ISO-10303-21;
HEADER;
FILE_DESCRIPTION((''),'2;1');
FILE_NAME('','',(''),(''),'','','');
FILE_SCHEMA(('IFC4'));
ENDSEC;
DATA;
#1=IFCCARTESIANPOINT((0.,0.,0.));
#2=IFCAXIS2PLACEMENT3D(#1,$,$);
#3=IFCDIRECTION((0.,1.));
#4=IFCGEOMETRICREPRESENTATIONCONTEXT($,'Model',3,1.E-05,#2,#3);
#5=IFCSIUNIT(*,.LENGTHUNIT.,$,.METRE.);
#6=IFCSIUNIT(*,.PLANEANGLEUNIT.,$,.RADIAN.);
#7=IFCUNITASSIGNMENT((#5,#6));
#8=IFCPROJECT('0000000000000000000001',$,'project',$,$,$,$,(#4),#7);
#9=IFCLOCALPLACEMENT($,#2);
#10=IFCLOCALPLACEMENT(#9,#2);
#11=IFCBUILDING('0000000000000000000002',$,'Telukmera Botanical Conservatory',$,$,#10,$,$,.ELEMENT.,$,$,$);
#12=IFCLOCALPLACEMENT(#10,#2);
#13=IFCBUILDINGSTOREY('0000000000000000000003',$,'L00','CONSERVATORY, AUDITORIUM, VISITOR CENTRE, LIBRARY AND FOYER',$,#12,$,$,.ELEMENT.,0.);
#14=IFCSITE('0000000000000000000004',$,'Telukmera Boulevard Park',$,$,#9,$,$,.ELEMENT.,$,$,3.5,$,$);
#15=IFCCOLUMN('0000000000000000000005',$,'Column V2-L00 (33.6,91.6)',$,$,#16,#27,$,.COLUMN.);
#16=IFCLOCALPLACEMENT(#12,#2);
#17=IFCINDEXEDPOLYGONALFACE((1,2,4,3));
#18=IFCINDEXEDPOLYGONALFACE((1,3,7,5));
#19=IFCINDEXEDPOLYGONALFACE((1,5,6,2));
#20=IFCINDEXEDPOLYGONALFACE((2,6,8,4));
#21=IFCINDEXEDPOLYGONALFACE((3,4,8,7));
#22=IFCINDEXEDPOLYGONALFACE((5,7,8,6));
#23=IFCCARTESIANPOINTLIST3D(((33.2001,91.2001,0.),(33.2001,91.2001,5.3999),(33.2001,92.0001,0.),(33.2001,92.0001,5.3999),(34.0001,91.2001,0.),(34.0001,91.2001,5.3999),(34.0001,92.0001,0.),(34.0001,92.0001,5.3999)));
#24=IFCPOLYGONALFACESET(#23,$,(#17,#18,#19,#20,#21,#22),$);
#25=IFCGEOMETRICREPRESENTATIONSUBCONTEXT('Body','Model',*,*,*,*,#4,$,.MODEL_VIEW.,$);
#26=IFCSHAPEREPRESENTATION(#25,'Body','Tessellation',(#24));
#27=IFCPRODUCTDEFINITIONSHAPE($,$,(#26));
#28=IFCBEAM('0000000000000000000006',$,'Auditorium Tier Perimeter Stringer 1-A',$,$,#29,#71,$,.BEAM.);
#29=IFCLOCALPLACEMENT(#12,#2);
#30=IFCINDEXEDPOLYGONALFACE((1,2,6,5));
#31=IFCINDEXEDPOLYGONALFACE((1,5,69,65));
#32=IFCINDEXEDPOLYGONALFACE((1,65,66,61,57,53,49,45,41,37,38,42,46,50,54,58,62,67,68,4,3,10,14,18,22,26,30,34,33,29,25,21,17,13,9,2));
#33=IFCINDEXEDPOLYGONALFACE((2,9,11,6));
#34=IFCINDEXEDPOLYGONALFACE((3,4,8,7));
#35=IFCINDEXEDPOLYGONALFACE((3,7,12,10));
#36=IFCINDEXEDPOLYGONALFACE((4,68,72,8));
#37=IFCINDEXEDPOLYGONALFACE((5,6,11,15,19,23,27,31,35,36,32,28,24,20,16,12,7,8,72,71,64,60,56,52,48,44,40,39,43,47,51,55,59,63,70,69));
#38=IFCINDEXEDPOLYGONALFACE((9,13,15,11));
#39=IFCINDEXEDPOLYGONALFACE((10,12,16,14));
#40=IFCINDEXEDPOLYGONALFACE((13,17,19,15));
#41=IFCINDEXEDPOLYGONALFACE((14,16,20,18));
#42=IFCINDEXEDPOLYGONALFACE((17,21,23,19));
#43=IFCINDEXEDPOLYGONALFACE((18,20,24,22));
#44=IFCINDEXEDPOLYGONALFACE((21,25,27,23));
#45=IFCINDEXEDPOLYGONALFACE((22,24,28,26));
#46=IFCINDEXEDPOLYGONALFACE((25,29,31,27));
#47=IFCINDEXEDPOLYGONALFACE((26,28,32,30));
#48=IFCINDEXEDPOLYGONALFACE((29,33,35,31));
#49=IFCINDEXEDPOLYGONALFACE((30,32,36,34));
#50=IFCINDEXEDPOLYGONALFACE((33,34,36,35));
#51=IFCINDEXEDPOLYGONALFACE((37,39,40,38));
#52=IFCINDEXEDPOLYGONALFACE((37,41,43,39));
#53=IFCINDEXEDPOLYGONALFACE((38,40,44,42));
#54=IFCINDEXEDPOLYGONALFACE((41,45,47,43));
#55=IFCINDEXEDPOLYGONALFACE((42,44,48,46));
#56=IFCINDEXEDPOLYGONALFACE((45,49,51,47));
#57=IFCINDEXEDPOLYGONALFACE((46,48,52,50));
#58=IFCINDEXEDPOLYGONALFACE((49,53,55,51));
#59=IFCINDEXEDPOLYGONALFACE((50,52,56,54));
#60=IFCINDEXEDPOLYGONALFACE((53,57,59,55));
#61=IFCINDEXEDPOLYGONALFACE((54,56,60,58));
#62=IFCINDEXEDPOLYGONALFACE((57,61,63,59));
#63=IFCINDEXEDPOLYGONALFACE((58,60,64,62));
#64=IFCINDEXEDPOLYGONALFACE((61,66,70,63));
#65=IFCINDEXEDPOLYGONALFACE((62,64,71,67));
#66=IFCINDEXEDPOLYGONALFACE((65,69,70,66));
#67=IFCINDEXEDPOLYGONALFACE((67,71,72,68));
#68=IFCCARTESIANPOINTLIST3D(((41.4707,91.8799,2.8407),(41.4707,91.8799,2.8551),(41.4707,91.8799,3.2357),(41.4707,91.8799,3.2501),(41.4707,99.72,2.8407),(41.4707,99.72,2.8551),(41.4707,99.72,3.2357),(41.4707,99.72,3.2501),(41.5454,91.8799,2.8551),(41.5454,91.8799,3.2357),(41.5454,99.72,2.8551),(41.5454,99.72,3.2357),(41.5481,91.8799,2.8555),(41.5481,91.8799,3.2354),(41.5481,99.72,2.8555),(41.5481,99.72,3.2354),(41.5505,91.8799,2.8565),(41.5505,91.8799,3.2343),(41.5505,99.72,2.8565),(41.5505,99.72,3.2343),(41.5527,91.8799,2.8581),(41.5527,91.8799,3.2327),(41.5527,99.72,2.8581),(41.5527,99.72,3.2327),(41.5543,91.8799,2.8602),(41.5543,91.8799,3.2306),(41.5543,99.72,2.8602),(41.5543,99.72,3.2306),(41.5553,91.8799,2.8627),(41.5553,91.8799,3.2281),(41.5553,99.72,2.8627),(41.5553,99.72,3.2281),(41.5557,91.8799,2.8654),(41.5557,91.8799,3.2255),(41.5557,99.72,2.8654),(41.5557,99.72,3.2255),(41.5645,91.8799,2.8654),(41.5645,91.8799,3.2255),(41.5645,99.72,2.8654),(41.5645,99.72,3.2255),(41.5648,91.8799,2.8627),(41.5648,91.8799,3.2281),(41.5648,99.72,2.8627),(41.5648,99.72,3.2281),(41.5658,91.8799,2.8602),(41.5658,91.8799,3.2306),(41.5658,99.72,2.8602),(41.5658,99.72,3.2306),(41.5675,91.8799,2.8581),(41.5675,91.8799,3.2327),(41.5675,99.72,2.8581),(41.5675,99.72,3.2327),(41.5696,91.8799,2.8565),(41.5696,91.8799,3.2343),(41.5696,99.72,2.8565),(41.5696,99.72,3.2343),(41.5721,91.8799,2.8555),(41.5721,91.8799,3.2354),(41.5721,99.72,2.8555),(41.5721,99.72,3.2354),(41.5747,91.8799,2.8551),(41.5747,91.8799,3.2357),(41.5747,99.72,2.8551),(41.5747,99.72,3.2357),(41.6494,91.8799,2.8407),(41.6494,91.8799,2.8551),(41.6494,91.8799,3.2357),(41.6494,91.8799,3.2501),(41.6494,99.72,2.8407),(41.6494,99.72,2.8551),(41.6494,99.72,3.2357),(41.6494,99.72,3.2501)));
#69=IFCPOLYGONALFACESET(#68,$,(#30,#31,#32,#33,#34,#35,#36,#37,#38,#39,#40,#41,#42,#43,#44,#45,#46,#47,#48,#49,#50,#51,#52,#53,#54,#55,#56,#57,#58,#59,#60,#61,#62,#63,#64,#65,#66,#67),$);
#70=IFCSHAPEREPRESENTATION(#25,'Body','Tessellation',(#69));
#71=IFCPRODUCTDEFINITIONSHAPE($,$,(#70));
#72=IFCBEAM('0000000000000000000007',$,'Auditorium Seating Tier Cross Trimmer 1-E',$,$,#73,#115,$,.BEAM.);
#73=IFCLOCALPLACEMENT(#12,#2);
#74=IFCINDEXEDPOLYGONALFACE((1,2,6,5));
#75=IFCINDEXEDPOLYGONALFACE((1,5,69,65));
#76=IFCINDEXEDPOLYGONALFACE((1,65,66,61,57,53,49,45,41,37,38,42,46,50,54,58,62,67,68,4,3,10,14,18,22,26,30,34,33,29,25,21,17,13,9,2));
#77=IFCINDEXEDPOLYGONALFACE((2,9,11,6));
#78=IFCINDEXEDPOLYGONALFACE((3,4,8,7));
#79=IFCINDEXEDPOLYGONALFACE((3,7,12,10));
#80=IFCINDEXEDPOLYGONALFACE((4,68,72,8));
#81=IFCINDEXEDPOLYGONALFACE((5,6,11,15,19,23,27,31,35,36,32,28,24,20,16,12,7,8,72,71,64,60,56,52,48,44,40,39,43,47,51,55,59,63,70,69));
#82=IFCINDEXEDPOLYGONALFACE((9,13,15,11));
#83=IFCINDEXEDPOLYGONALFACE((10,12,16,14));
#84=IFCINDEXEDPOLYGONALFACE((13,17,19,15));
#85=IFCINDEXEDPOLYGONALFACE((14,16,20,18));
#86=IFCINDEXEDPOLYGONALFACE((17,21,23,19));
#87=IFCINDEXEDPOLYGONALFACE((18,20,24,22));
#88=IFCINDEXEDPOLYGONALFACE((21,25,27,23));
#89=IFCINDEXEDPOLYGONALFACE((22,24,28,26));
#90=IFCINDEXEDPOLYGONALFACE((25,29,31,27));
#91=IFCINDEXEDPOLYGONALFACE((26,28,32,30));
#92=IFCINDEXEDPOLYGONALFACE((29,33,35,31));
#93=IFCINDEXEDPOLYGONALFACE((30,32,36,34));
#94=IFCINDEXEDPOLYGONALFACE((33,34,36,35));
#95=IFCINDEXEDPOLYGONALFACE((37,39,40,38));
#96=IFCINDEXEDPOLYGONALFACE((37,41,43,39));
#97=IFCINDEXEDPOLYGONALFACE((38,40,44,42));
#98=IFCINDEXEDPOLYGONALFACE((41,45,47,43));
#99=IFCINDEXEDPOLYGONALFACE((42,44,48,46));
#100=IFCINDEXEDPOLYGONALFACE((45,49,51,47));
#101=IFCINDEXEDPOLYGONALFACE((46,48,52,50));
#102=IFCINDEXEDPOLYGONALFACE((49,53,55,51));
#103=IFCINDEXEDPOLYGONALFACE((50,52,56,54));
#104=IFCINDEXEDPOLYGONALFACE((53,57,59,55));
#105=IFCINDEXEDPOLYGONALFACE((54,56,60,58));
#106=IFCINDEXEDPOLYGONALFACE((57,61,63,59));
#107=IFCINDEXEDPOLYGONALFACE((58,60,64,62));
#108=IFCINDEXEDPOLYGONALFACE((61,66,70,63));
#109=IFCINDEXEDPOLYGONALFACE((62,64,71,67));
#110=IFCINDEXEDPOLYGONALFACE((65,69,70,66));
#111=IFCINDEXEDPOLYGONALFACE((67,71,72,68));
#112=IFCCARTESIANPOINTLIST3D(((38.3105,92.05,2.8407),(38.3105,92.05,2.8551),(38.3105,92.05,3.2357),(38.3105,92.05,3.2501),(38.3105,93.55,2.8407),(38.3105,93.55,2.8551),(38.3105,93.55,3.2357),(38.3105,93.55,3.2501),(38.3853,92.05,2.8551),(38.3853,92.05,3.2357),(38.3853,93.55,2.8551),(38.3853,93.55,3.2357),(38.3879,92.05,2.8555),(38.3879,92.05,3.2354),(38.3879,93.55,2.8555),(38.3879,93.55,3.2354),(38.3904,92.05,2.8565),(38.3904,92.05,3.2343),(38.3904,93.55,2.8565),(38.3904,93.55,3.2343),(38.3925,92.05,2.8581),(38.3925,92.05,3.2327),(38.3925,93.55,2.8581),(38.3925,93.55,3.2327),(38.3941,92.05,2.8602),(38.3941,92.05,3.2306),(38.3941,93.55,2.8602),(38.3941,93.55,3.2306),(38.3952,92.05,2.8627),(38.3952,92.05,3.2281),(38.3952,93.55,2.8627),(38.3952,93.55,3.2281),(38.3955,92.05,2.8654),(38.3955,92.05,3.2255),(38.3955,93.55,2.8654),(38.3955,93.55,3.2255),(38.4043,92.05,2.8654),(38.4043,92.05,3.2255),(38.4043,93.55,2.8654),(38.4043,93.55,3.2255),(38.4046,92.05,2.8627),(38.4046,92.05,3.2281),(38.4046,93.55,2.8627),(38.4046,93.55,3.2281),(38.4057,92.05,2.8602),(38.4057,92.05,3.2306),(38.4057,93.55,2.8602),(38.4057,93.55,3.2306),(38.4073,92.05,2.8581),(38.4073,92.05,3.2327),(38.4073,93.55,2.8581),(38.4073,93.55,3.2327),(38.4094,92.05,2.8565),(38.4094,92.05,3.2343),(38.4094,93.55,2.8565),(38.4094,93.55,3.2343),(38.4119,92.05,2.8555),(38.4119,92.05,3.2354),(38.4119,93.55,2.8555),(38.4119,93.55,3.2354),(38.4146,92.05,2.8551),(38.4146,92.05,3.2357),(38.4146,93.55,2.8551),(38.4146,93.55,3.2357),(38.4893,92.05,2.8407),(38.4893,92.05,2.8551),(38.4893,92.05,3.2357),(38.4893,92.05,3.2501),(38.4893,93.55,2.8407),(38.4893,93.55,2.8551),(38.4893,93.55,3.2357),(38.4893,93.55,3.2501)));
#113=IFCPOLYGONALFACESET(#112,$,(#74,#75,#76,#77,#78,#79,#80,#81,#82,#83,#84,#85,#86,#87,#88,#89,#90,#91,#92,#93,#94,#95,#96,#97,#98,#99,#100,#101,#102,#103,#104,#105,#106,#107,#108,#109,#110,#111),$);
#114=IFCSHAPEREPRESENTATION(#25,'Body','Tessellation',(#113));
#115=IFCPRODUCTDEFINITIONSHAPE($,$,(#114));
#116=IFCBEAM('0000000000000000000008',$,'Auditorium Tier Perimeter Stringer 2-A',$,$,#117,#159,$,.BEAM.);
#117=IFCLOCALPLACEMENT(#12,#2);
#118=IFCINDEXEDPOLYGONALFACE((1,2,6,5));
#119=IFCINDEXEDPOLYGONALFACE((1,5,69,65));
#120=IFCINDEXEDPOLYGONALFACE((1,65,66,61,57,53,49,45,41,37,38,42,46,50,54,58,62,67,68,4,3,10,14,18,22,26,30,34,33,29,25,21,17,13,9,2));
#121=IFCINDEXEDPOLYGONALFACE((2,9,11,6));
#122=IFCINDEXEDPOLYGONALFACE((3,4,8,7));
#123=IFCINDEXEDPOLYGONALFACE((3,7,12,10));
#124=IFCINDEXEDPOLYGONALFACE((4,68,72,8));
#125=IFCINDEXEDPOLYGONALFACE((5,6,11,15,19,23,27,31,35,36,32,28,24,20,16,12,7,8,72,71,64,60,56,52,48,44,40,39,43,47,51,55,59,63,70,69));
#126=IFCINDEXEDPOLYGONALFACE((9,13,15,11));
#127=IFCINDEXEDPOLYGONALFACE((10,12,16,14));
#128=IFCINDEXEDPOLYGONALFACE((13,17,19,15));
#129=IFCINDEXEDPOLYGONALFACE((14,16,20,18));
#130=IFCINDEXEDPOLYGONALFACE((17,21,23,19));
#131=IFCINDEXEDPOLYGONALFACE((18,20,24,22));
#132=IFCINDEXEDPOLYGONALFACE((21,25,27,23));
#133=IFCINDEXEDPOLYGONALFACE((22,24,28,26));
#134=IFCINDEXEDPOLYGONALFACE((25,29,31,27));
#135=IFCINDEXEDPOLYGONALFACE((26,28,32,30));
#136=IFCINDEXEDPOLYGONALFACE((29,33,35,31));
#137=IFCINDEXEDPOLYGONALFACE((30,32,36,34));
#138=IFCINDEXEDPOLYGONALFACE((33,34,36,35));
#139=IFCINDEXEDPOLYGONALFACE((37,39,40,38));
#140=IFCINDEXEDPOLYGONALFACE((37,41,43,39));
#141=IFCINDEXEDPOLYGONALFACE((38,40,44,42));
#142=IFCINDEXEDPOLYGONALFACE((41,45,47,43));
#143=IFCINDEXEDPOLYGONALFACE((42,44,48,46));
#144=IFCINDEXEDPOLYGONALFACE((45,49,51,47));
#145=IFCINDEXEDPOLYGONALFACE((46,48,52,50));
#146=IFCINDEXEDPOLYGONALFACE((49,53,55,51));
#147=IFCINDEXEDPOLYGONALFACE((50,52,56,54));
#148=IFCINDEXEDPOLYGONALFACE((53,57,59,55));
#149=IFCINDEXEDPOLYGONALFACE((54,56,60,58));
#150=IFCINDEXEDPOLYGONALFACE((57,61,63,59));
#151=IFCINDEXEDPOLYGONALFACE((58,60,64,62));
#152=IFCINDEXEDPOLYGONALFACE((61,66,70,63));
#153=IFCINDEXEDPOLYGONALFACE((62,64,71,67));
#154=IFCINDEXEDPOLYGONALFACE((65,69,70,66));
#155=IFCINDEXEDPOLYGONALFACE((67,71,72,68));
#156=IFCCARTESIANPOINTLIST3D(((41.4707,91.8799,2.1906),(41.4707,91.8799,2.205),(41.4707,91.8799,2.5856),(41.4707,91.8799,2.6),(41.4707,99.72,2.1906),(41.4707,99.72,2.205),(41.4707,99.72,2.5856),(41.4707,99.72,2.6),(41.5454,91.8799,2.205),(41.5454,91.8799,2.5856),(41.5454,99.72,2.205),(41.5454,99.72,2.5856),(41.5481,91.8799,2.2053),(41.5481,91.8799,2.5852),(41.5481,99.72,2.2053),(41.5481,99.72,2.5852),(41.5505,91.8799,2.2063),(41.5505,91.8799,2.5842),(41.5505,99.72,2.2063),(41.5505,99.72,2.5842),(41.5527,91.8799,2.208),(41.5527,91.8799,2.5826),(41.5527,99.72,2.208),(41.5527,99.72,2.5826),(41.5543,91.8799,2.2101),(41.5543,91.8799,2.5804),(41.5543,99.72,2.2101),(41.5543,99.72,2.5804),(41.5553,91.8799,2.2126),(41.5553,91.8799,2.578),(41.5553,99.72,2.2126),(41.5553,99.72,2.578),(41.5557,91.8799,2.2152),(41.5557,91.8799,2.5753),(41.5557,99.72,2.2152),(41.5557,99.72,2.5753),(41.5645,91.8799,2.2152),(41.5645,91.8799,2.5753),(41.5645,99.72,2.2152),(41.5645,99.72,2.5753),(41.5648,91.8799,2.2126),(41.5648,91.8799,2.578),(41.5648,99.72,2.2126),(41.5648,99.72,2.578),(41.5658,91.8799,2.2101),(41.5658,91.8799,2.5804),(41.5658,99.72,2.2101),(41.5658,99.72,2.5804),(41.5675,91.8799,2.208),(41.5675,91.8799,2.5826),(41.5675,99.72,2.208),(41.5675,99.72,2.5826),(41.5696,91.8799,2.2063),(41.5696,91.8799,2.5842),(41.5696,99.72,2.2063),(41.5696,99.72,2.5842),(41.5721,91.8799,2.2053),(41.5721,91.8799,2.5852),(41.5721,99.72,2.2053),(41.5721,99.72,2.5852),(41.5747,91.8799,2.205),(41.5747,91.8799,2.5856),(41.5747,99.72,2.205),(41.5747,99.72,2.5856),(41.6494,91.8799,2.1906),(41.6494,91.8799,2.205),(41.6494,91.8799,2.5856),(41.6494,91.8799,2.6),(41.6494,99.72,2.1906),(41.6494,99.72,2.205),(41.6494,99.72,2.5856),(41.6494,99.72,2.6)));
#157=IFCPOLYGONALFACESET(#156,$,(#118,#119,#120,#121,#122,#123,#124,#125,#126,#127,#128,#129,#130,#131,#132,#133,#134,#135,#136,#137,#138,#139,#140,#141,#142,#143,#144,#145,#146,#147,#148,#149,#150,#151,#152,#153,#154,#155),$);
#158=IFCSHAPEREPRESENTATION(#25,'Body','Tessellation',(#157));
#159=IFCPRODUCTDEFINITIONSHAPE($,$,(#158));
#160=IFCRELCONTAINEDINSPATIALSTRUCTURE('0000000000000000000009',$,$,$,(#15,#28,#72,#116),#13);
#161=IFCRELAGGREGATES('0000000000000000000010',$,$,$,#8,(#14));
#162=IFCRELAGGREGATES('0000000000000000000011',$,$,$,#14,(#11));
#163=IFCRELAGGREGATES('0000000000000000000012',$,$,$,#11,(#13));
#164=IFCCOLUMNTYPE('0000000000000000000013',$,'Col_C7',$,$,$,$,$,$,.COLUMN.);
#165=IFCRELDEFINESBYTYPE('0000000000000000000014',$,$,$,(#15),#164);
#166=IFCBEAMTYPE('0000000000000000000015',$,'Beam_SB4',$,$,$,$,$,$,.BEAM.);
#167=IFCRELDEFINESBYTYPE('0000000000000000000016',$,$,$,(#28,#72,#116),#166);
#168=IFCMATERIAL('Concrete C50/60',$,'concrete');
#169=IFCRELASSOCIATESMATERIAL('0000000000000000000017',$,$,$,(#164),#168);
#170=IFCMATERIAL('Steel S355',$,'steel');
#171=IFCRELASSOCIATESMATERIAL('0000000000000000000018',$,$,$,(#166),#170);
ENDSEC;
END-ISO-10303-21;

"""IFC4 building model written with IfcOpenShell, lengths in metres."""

from ifc_helpers import new_model, si_unit, direction, frame, origin, origin_2d, place, context, subcontext, project, spatial, rectangle, i_section, extrude, material, material_profile, profile_set, type_object, element, save


model = new_model("IFC4")

# Units and contexts
model_context = context("Model", 3, precision=1e-05, world=origin(), true_north=direction((0.0, 1.0)))
body_context = subcontext(model_context, "Body", "Model", "MODEL_VIEW")
ifc_project = project(units=[si_unit("LENGTHUNIT", "METRE"), si_unit("PLANEANGLEUNIT", "RADIAN")], contexts=[model_context])

# Site, building, storey
site_placement = place(None, origin())
site = spatial("IfcSite", under=ifc_project, at=site_placement, Name="Telukmera Boulevard Park", CompositionType="ELEMENT", RefElevation=3.5)
building_placement = place(site_placement, origin())
building = spatial("IfcBuilding", under=site, at=building_placement, Name="Telukmera Botanical Conservatory", CompositionType="ELEMENT")
storey_placement = place(building_placement, origin())
storey = spatial("IfcBuildingStorey", under=building, at=storey_placement, Name="L00", Description="CONSERVATORY, AUDITORIUM, VISITOR CENTRE, LIBRARY AND FOYER", CompositionType="ELEMENT", Elevation=0.0)

# Column
ifc_material_1 = material(Name="Concrete C50/60", Category="concrete")
ifc_material_profile_1 = material_profile(ifc_material_1, rectangle(XDim=0.8, YDim=0.8, at=origin_2d()), Name="RC 800x800")
ifc_profile_set_1 = profile_set([ifc_material_profile_1], Name="Concrete C50/60")
column_type = type_object("IfcColumnType", Name="Col_C7", PredefinedType="COLUMN", material=ifc_profile_set_1)
column_placement = place(storey_placement, frame((33.6001, 91.6001, 0.0), z_axis=(0.0, 0.0, 1.0), x_axis=(1.0, 0.0, 0.0)))
element("IfcColumn", 1, at=column_placement, inside=storey, type_object=column_type, Name="Column V2-L00 (33.6,91.6)", PredefinedType="COLUMN", context=body_context, shape_type="SweptSolid", body=[
    extrude(rectangle(XDim=0.8, YDim=0.8, at=origin_2d()), origin(), (0.0, 0.0, 1.0), 5.3999),
])

# Beams
ifc_material_2 = material(Name="Steel S355", Category="steel")
ifc_material_profile_2 = material_profile(ifc_material_2, i_section(OverallWidth=0.1787, OverallDepth=0.4094, WebThickness=0.0088, FlangeThickness=0.0144, FilletRadius=0.0103, at=origin_2d()), Name="UB 406x178x67")
ifc_profile_set_2 = profile_set([ifc_material_profile_2], Name="Steel S355")
beam_type = type_object("IfcBeamType", Name="Beam_SB4", PredefinedType="BEAM", material=ifc_profile_set_2)
beam_1_placement = place(storey_placement, frame((41.5601, 91.8799, 3.0454), z_axis=(0.0, 1.0, 0.0), x_axis=(-1.0, 0.0, 0.0)))
element("IfcBeam", 2, at=beam_1_placement, inside=storey, type_object=beam_type, Name="Auditorium Tier Perimeter Stringer 1-A", PredefinedType="BEAM", context=body_context, shape_type="SweptSolid", body=[
    extrude(i_section(OverallWidth=0.1787, OverallDepth=0.4094, WebThickness=0.0088, FlangeThickness=0.0144, FilletRadius=0.0103, at=origin_2d()), origin(), (0.0, 0.0, 1.0), 7.8401),
])
beam_2_placement = place(storey_placement, frame((38.3999, 92.05, 3.0454), z_axis=(0.0, 1.0, 0.0), x_axis=(-1.0, 0.0, 0.0)))
element("IfcBeam", 3, at=beam_2_placement, inside=storey, type_object=beam_type, Name="Auditorium Seating Tier Cross Trimmer 1-E", PredefinedType="BEAM", context=body_context, shape_type="SweptSolid", body=[
    extrude(i_section(OverallWidth=0.1787, OverallDepth=0.4094, WebThickness=0.0088, FlangeThickness=0.0144, FilletRadius=0.0103, at=origin_2d()), origin(), (0.0, 0.0, 1.0), 1.5),
])
beam_3_placement = place(storey_placement, frame((41.5601, 91.8799, 2.3953), z_axis=(0.0, 1.0, 0.0), x_axis=(-1.0, 0.0, 0.0)))
element("IfcBeam", 4, at=beam_3_placement, inside=storey, type_object=beam_type, Name="Auditorium Tier Perimeter Stringer 2-A", PredefinedType="BEAM", context=body_context, shape_type="SweptSolid", body=[
    extrude(i_section(OverallWidth=0.1787, OverallDepth=0.4094, WebThickness=0.0088, FlangeThickness=0.0144, FilletRadius=0.0103, at=origin_2d()), origin(), (0.0, 0.0, 1.0), 7.8401),
])

save(model, "model.ifc")
